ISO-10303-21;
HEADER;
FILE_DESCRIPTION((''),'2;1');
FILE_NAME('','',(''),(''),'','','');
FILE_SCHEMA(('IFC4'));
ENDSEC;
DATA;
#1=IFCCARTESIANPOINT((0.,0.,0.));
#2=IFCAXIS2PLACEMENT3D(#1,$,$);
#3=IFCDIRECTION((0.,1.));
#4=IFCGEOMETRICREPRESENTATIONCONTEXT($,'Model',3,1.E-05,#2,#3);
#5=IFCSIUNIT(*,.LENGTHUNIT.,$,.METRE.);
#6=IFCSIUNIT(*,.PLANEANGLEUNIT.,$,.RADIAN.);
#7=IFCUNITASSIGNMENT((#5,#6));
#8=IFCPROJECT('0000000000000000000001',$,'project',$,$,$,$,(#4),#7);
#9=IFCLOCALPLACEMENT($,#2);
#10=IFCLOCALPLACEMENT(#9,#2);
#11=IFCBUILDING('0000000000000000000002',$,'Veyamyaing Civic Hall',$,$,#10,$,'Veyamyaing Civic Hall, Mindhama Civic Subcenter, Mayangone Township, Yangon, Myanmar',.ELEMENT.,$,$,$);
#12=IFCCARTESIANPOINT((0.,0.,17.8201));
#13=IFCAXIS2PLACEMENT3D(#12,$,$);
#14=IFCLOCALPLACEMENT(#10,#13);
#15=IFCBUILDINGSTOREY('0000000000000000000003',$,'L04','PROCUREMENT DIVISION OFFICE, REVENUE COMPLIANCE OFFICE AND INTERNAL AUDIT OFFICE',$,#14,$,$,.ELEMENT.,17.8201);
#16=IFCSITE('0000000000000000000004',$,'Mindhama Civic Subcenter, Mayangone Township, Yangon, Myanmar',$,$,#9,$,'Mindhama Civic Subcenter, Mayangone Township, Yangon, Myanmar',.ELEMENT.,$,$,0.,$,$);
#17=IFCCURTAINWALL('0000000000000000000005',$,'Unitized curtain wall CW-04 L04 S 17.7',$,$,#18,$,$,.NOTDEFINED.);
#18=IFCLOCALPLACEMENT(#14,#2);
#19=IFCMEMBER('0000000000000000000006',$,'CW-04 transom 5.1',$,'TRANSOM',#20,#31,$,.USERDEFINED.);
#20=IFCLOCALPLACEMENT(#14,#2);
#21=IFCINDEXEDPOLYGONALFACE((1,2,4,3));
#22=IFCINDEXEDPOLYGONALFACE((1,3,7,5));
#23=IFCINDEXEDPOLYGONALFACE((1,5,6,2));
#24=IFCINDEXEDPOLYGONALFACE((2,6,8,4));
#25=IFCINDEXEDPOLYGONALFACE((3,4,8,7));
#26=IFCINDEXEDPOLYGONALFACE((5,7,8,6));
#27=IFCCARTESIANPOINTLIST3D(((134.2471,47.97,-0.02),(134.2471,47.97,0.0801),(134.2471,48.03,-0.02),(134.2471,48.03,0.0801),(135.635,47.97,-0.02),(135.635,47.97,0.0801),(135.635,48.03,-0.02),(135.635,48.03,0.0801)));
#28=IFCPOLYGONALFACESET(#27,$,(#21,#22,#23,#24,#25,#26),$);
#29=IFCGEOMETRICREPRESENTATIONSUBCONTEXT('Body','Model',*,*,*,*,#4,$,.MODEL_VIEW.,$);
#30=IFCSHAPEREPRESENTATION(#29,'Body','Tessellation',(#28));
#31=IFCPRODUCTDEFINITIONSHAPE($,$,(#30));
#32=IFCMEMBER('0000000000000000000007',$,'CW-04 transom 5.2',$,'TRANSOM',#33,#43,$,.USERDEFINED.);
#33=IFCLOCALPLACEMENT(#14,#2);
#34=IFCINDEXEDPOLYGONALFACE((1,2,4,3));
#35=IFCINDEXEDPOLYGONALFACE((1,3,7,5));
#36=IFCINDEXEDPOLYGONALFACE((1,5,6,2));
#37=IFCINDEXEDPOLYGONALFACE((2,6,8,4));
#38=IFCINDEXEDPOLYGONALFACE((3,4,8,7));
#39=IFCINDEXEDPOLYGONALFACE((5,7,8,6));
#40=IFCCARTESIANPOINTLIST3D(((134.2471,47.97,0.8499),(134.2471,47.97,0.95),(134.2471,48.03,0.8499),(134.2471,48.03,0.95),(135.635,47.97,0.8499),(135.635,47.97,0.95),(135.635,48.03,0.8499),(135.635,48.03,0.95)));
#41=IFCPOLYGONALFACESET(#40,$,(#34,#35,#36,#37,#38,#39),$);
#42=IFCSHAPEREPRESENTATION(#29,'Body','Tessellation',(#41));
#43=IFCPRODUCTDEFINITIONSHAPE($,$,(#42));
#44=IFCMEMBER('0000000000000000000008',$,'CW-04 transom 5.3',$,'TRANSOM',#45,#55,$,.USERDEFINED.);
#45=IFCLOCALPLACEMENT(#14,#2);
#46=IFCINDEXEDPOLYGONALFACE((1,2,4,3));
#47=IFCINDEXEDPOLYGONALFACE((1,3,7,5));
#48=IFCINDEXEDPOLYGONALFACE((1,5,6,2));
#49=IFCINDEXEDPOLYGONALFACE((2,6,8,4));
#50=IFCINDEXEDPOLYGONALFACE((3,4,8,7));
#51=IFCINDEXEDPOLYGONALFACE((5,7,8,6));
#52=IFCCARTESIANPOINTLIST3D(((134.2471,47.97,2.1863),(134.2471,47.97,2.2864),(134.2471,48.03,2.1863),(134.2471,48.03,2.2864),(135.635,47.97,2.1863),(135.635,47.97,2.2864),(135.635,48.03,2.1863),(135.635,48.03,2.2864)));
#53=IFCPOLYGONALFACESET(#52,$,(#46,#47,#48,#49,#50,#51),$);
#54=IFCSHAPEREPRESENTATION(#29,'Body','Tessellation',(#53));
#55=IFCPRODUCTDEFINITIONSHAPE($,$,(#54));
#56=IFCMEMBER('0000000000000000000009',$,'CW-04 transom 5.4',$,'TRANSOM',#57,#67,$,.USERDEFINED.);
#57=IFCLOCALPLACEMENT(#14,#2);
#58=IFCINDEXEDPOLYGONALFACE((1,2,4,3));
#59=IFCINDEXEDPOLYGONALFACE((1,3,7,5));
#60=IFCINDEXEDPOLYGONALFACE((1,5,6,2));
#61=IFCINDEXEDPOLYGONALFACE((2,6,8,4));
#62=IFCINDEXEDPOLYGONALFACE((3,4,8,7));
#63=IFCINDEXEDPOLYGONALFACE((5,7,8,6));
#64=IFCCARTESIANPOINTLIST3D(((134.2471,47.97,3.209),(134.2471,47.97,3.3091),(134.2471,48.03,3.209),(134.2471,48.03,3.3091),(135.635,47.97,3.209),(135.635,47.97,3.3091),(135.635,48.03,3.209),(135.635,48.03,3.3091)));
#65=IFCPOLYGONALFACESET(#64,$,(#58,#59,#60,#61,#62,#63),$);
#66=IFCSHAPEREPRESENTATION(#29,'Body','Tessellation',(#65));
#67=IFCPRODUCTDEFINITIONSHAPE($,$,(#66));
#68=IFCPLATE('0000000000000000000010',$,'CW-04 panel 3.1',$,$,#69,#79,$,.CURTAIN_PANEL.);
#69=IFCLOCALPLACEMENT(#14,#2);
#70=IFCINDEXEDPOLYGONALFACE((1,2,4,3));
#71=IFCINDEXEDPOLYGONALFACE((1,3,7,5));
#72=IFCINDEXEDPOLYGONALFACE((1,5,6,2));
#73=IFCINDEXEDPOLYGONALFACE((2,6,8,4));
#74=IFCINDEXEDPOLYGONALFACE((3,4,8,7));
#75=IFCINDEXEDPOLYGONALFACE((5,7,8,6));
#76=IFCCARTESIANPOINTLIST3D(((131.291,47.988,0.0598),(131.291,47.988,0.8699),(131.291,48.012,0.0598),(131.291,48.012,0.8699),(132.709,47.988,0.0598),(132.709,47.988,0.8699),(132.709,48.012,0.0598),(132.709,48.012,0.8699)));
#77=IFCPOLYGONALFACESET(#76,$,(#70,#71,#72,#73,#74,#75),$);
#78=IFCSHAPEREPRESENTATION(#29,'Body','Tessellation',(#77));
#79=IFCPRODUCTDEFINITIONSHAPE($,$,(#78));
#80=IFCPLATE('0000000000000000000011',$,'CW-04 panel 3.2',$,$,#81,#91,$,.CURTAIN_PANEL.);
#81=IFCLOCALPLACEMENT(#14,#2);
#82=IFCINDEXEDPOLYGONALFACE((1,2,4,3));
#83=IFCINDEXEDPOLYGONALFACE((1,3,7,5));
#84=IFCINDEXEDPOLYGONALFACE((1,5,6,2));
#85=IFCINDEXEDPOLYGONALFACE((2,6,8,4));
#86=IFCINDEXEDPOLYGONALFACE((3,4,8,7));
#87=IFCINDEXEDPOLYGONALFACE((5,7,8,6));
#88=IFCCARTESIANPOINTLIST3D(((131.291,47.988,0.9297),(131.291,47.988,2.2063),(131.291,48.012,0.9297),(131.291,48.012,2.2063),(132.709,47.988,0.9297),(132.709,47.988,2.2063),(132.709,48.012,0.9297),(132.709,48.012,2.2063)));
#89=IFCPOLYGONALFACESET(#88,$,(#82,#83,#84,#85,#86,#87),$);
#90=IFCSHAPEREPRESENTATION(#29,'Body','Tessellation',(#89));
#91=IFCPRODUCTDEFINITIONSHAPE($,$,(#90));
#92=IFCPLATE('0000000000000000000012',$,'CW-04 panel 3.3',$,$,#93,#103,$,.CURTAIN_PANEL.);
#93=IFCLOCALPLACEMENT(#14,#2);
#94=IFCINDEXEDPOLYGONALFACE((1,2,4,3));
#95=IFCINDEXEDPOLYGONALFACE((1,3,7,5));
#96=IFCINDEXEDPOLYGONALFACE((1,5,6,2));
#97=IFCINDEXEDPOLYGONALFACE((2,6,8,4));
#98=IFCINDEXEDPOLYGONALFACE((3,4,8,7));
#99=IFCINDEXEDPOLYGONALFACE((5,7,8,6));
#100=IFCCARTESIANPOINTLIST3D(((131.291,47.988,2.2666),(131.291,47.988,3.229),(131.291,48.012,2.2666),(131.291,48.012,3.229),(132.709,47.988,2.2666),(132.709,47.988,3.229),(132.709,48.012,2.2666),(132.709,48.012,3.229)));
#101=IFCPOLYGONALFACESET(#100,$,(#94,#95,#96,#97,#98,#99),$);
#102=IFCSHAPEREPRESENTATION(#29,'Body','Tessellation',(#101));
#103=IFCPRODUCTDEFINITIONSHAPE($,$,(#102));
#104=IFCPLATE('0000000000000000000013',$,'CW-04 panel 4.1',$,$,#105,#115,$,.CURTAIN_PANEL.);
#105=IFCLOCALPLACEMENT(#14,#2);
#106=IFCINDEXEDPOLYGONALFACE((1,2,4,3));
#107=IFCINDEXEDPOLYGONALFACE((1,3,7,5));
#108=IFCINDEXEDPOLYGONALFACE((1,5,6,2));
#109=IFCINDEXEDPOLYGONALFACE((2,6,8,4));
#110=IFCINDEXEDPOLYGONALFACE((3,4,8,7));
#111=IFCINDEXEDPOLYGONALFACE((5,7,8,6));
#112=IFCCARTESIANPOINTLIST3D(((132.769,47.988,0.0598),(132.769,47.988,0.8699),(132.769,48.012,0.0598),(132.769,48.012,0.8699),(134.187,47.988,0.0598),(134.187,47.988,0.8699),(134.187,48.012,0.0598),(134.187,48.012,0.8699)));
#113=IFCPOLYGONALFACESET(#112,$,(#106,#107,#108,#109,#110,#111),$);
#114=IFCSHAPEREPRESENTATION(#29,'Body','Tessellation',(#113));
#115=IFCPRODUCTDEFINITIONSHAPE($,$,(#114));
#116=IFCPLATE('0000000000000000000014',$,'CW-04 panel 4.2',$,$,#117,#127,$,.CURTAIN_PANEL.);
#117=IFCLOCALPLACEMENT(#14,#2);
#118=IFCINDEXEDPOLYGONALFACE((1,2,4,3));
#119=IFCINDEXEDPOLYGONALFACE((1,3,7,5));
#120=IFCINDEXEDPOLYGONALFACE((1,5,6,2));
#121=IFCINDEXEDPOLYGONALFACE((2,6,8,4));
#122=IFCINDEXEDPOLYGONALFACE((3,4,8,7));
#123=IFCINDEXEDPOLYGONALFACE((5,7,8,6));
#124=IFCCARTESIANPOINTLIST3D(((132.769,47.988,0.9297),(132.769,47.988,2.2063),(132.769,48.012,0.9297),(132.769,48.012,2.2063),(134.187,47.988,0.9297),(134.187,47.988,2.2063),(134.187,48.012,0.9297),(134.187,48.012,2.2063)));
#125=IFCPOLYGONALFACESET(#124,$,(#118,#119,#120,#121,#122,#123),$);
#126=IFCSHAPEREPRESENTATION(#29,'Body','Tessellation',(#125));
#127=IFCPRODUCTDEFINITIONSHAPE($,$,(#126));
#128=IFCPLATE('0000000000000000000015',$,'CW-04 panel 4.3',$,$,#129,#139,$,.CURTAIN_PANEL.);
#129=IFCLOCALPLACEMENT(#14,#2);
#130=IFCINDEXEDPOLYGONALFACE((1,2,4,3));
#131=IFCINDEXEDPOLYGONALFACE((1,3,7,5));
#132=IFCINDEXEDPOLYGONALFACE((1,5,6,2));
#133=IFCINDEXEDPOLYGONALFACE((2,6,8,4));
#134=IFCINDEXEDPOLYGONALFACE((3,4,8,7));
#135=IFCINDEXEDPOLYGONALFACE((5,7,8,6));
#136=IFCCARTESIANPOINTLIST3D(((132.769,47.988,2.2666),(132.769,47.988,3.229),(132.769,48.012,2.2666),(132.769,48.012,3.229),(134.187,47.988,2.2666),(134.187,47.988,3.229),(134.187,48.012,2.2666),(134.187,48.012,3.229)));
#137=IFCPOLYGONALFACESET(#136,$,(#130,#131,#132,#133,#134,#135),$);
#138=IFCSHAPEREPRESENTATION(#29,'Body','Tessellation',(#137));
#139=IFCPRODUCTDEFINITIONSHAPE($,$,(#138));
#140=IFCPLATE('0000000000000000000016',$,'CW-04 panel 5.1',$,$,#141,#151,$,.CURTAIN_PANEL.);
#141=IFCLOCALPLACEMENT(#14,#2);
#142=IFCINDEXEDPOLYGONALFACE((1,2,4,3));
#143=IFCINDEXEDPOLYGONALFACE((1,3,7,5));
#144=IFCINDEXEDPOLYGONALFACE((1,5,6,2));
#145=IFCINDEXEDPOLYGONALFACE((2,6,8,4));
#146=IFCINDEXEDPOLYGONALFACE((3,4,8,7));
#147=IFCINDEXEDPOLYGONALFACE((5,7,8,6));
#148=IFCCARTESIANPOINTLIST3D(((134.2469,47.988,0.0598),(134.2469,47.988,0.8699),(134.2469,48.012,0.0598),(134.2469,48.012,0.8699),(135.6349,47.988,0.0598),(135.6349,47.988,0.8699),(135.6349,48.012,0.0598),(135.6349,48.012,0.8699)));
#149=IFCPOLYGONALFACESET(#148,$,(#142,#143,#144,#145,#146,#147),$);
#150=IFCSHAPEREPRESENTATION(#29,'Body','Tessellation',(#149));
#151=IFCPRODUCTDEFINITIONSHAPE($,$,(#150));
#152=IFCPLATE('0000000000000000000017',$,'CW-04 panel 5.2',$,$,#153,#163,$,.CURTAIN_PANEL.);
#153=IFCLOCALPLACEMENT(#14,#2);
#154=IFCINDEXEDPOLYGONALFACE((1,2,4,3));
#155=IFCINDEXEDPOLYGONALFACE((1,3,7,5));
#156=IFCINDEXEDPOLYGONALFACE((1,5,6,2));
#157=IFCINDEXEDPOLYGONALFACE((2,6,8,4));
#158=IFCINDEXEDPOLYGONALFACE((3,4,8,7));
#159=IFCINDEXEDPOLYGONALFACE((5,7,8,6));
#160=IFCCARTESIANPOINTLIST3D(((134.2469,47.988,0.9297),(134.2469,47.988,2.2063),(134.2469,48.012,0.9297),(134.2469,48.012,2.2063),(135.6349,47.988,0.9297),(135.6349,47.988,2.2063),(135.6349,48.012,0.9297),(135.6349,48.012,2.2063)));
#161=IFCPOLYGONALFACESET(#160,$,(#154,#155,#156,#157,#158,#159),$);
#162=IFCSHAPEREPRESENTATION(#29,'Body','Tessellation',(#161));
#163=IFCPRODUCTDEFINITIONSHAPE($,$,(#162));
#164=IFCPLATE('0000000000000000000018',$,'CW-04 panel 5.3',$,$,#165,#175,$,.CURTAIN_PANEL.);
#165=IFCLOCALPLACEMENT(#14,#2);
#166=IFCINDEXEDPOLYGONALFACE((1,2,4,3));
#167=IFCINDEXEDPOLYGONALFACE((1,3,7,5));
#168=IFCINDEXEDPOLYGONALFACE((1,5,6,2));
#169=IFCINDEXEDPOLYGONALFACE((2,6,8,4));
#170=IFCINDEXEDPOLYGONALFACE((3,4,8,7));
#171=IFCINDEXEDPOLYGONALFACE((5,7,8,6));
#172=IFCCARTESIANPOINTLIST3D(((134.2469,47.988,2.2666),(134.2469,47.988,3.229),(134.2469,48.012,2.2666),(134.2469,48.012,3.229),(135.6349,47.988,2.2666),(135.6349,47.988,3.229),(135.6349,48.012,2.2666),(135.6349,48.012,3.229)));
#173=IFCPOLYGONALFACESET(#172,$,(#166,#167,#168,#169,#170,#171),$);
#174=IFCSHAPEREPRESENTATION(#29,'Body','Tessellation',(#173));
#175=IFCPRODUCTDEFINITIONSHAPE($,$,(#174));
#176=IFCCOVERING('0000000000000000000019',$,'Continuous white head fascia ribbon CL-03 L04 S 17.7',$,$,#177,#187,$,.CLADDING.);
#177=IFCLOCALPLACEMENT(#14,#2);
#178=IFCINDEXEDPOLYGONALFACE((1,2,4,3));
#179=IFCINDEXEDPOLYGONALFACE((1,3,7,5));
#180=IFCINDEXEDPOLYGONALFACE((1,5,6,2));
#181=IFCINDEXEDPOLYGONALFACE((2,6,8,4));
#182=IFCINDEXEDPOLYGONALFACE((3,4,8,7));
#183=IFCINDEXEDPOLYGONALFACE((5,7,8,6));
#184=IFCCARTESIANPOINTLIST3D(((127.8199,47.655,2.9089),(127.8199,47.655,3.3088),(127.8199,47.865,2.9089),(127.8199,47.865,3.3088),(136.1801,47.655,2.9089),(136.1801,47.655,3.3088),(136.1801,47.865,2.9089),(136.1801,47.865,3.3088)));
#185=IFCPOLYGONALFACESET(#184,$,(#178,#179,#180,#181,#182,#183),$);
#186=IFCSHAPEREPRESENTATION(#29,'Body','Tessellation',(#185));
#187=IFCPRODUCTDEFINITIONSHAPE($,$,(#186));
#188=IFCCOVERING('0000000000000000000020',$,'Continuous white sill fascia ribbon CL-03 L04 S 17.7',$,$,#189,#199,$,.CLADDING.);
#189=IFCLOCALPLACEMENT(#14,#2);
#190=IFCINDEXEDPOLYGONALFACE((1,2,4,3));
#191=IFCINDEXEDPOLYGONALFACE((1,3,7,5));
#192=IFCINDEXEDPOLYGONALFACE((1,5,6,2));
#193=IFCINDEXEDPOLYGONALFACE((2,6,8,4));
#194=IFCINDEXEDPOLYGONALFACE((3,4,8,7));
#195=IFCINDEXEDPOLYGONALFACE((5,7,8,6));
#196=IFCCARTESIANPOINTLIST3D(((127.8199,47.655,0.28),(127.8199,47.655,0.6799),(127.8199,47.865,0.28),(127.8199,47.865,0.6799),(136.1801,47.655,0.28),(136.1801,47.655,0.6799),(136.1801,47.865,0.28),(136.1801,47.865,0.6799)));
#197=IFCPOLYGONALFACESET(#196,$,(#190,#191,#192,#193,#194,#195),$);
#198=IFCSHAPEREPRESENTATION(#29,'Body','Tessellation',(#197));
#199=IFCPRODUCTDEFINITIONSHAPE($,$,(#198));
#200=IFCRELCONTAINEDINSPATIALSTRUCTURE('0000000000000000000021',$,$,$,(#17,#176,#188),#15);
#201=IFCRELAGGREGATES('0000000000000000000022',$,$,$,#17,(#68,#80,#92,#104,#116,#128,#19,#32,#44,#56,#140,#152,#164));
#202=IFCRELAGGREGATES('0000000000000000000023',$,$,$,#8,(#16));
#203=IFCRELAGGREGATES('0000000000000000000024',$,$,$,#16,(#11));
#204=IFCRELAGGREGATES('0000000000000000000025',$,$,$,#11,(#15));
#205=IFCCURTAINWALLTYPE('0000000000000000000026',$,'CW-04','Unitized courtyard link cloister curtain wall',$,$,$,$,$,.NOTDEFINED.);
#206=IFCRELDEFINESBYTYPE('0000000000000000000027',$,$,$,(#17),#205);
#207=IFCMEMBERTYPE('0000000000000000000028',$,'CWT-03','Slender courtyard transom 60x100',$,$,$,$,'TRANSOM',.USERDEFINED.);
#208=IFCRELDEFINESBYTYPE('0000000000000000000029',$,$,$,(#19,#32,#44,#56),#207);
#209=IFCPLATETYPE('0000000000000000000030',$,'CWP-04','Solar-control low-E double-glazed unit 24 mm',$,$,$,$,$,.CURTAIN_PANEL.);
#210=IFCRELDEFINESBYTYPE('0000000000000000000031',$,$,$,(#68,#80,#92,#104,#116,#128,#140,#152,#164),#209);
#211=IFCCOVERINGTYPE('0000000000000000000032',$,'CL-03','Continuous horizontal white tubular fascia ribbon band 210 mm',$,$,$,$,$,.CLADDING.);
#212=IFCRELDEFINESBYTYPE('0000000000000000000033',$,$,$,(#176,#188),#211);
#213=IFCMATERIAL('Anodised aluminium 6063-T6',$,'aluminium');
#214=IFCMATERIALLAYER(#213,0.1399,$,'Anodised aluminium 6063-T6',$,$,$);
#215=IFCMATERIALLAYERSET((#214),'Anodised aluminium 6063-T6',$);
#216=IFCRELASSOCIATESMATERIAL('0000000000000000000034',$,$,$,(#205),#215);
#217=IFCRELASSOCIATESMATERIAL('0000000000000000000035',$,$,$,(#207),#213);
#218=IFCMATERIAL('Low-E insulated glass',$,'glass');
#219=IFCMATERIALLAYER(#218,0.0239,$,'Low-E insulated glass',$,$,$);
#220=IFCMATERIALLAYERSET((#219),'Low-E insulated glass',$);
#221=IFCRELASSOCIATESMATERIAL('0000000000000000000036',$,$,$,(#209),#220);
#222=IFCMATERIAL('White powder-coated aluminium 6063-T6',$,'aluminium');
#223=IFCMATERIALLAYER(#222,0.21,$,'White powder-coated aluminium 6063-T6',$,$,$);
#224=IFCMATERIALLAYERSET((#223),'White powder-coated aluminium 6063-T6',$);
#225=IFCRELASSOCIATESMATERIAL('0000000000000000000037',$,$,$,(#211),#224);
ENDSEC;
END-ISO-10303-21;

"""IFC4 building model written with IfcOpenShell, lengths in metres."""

from ifc_helpers import new_model, si_unit, direction, frame, origin, origin_2d, place, context, subcontext, project, spatial, rectangle, extrude, material, layer, layer_set, material_profile, profile_set, type_object, element, aggregate, save


model = new_model("IFC4")

# Units and contexts
model_context = context("Model", 3, precision=1e-05, world=origin(), true_north=direction((0.0, 1.0)))
body_context = subcontext(model_context, "Body", "Model", "MODEL_VIEW")
ifc_project = project(units=[si_unit("LENGTHUNIT", "METRE"), si_unit("PLANEANGLEUNIT", "RADIAN")], contexts=[model_context])

# Site, building, storey
site_placement = place(None, origin())
site = spatial("IfcSite", under=ifc_project, at=site_placement, Name="Mindhama Civic Subcenter, Mayangone Township, Yangon, Myanmar", LongName="Mindhama Civic Subcenter, Mayangone Township, Yangon, Myanmar", CompositionType="ELEMENT", RefElevation=0.0)
building_placement = place(site_placement, origin())
building = spatial("IfcBuilding", under=site, at=building_placement, Name="Veyamyaing Civic Hall", LongName="Veyamyaing Civic Hall, Mindhama Civic Subcenter, Mayangone Township, Yangon, Myanmar", CompositionType="ELEMENT")
storey_placement = place(building_placement, frame((0.0, 0.0, 17.8201)))
storey = spatial("IfcBuildingStorey", under=building, at=storey_placement, Name="L04", Description="PROCUREMENT DIVISION OFFICE, REVENUE COMPLIANCE OFFICE AND INTERNAL AUDIT OFFICE", CompositionType="ELEMENT", Elevation=17.8201)

# Curtain wall, members, plates
ifc_material_1 = material(Name="Anodised aluminium 6063-T6", Category="aluminium")
ifc_layer_1 = layer(ifc_material_1, 0.1399, Name="Anodised aluminium 6063-T6")
ifc_layer_set_1 = layer_set([ifc_layer_1], Name="Anodised aluminium 6063-T6")
curtain_wall_type = type_object("IfcCurtainWallType", Name="CW-04", Description="Unitized courtyard link cloister curtain wall", PredefinedType="NOTDEFINED", material=ifc_layer_set_1)
curtain_wall_placement = place(storey_placement, origin())
curtain_wall = element("IfcCurtainWall", 1, at=curtain_wall_placement, inside=storey, type_object=curtain_wall_type, Name="Unitized curtain wall CW-04 L04 S 17.7", PredefinedType="NOTDEFINED")
ifc_material_profile_1 = material_profile(ifc_material_1, rectangle(XDim=0.0601, YDim=0.1001, at=origin_2d()), Name="ALU-TRN-60X100")
ifc_profile_set_1 = profile_set([ifc_material_profile_1], Name="Anodised aluminium 6063-T6")
member_type_1 = type_object("IfcMemberType", Name="CWT-03", Description="Slender courtyard transom 60x100", ElementType="TRANSOM", PredefinedType="USERDEFINED", material=ifc_profile_set_1)
member_1_placement = place(storey_placement, frame((134.2471, 48.0, 0.03), z_axis=(1.0, 0.0, 0.0), x_axis=(0.0, 1.0, 0.0)))
member_1 = element("IfcMember", 2, at=member_1_placement, type_object=member_type_1, Name="CW-04 transom 5.1", ObjectType="TRANSOM", PredefinedType="USERDEFINED", context=body_context, shape_type="SweptSolid", body=[
    extrude(rectangle(XDim=0.0601, YDim=0.1001, at=origin_2d()), origin(), (0.0, 0.0, 1.0), 1.3879),
])
member_2_placement = place(storey_placement, frame((134.2471, 48.0, 0.8999), z_axis=(1.0, 0.0, 0.0), x_axis=(0.0, 1.0, 0.0)))
member_2 = element("IfcMember", 3, at=member_2_placement, type_object=member_type_1, Name="CW-04 transom 5.2", ObjectType="TRANSOM", PredefinedType="USERDEFINED", context=body_context, shape_type="SweptSolid", body=[
    extrude(rectangle(XDim=0.0601, YDim=0.1001, at=origin_2d()), origin(), (0.0, 0.0, 1.0), 1.3879),
])
member_3_placement = place(storey_placement, frame((134.2471, 48.0, 2.2363), z_axis=(1.0, 0.0, 0.0), x_axis=(0.0, 1.0, 0.0)))
member_3 = element("IfcMember", 4, at=member_3_placement, type_object=member_type_1, Name="CW-04 transom 5.3", ObjectType="TRANSOM", PredefinedType="USERDEFINED", context=body_context, shape_type="SweptSolid", body=[
    extrude(rectangle(XDim=0.0601, YDim=0.1001, at=origin_2d()), origin(), (0.0, 0.0, 1.0), 1.3879),
])
member_4_placement = place(storey_placement, frame((134.2471, 48.0, 3.259), z_axis=(1.0, 0.0, 0.0), x_axis=(0.0, 1.0, 0.0)))
member_4 = element("IfcMember", 5, at=member_4_placement, type_object=member_type_1, Name="CW-04 transom 5.4", ObjectType="TRANSOM", PredefinedType="USERDEFINED", context=body_context, shape_type="SweptSolid", body=[
    extrude(rectangle(XDim=0.0601, YDim=0.1001, at=origin_2d()), origin(), (0.0, 0.0, 1.0), 1.3879),
])
ifc_material_2 = material(Name="Low-E insulated glass", Category="glass")
ifc_layer_2 = layer(ifc_material_2, 0.0239, Name="Low-E insulated glass")
ifc_layer_set_2 = layer_set([ifc_layer_2], Name="Low-E insulated glass")
plate_type = type_object("IfcPlateType", Name="CWP-04", Description="Solar-control low-E double-glazed unit 24 mm", PredefinedType="CURTAIN_PANEL", material=ifc_layer_set_2)
plate_1_placement = place(storey_placement, frame((132.0, 48.0, 0.0598), z_axis=(0.0, 0.0, 1.0), x_axis=(1.0, 0.0, 0.0)))
plate_1 = element("IfcPlate", 6, at=plate_1_placement, type_object=plate_type, Name="CW-04 panel 3.1", PredefinedType="CURTAIN_PANEL", context=body_context, shape_type="SweptSolid", body=[
    extrude(rectangle(XDim=1.418, YDim=0.0239, at=origin_2d()), origin(), (0.0, 0.0, 1.0), 0.8101),
])
plate_2_placement = place(storey_placement, frame((132.0, 48.0, 0.9297), z_axis=(0.0, 0.0, 1.0), x_axis=(1.0, 0.0, 0.0)))
plate_2 = element("IfcPlate", 7, at=plate_2_placement, type_object=plate_type, Name="CW-04 panel 3.2", PredefinedType="CURTAIN_PANEL", context=body_context, shape_type="SweptSolid", body=[
    extrude(rectangle(XDim=1.418, YDim=0.0239, at=origin_2d()), origin(), (0.0, 0.0, 1.0), 1.2766),
])
plate_3_placement = place(storey_placement, frame((132.0, 48.0, 2.2666), z_axis=(0.0, 0.0, 1.0), x_axis=(1.0, 0.0, 0.0)))
plate_3 = element("IfcPlate", 8, at=plate_3_placement, type_object=plate_type, Name="CW-04 panel 3.3", PredefinedType="CURTAIN_PANEL", context=body_context, shape_type="SweptSolid", body=[
    extrude(rectangle(XDim=1.418, YDim=0.0239, at=origin_2d()), origin(), (0.0, 0.0, 1.0), 0.9624),
])
plate_4_placement = place(storey_placement, frame((133.478, 48.0, 0.0598), z_axis=(0.0, 0.0, 1.0), x_axis=(1.0, 0.0, 0.0)))
plate_4 = element("IfcPlate", 9, at=plate_4_placement, type_object=plate_type, Name="CW-04 panel 4.1", PredefinedType="CURTAIN_PANEL", context=body_context, shape_type="SweptSolid", body=[
    extrude(rectangle(XDim=1.418, YDim=0.0239, at=origin_2d()), origin(), (0.0, 0.0, 1.0), 0.8101),
])
plate_5_placement = place(storey_placement, frame((133.478, 48.0, 0.9297), z_axis=(0.0, 0.0, 1.0), x_axis=(1.0, 0.0, 0.0)))
plate_5 = element("IfcPlate", 10, at=plate_5_placement, type_object=plate_type, Name="CW-04 panel 4.2", PredefinedType="CURTAIN_PANEL", context=body_context, shape_type="SweptSolid", body=[
    extrude(rectangle(XDim=1.418, YDim=0.0239, at=origin_2d()), origin(), (0.0, 0.0, 1.0), 1.2766),
])
plate_6_placement = place(storey_placement, frame((133.478, 48.0, 2.2666), z_axis=(0.0, 0.0, 1.0), x_axis=(1.0, 0.0, 0.0)))
plate_6 = element("IfcPlate", 11, at=plate_6_placement, type_object=plate_type, Name="CW-04 panel 4.3", PredefinedType="CURTAIN_PANEL", context=body_context, shape_type="SweptSolid", body=[
    extrude(rectangle(XDim=1.418, YDim=0.0239, at=origin_2d()), origin(), (0.0, 0.0, 1.0), 0.9624),
])
plate_7_placement = place(storey_placement, frame((134.9409, 48.0, 0.0598), z_axis=(0.0, 0.0, 1.0), x_axis=(1.0, 0.0, 0.0)))
plate_7 = element("IfcPlate", 12, at=plate_7_placement, type_object=plate_type, Name="CW-04 panel 5.1", PredefinedType="CURTAIN_PANEL", context=body_context, shape_type="SweptSolid", body=[
    extrude(rectangle(XDim=1.3879, YDim=0.0239, at=origin_2d()), origin(), (0.0, 0.0, 1.0), 0.8101),
])
plate_8_placement = place(storey_placement, frame((134.9409, 48.0, 0.9297), z_axis=(0.0, 0.0, 1.0), x_axis=(1.0, 0.0, 0.0)))
plate_8 = element("IfcPlate", 13, at=plate_8_placement, type_object=plate_type, Name="CW-04 panel 5.2", PredefinedType="CURTAIN_PANEL", context=body_context, shape_type="SweptSolid", body=[
    extrude(rectangle(XDim=1.3879, YDim=0.0239, at=origin_2d()), origin(), (0.0, 0.0, 1.0), 1.2766),
])
plate_9_placement = place(storey_placement, frame((134.9409, 48.0, 2.2666), z_axis=(0.0, 0.0, 1.0), x_axis=(1.0, 0.0, 0.0)))
plate_9 = element("IfcPlate", 14, at=plate_9_placement, type_object=plate_type, Name="CW-04 panel 5.3", PredefinedType="CURTAIN_PANEL", context=body_context, shape_type="SweptSolid", body=[
    extrude(rectangle(XDim=1.3879, YDim=0.0239, at=origin_2d()), origin(), (0.0, 0.0, 1.0), 0.9624),
])
aggregate(curtain_wall, [plate_1, plate_2, plate_3, plate_4, plate_5, plate_6, member_1, member_2, member_3, member_4, plate_7, plate_8, plate_9])

# Coverings
ifc_material_3 = material(Name="White powder-coated aluminium 6063-T6", Category="aluminium")
ifc_layer_3 = layer(ifc_material_3, 0.21, Name="White powder-coated aluminium 6063-T6")
ifc_layer_set_3 = layer_set([ifc_layer_3], Name="White powder-coated aluminium 6063-T6")
covering_type = type_object("IfcCoveringType", Name="CL-03", Description="Continuous horizontal white tubular fascia ribbon band 210 mm", PredefinedType="CLADDING", material=ifc_layer_set_3)
for number, where, z_axis, x_axis, name in (
    (15, (132.0, 47.76, 2.9089), (0.0, 0.0, 1.0), (1.0, 0.0, 0.0), "Continuous white head fascia ribbon CL-03 L04 S 17.7"),
    (16, (132.0, 47.76, 0.28), (0.0, 0.0, 1.0), (1.0, 0.0, 0.0), "Continuous white sill fascia ribbon CL-03 L04 S 17.7"),
):
    element("IfcCovering", number, at=place(storey_placement, frame(where, z_axis=z_axis, x_axis=x_axis)), inside=storey, type_object=covering_type, Name=name, PredefinedType="CLADDING", context=body_context, shape_type="SweptSolid", body=[
        extrude(rectangle(XDim=8.3601, YDim=0.21, at=origin_2d()), origin(), (0.0, 0.0, 1.0), 0.3999),
    ])

save(model, "model.ifc")
